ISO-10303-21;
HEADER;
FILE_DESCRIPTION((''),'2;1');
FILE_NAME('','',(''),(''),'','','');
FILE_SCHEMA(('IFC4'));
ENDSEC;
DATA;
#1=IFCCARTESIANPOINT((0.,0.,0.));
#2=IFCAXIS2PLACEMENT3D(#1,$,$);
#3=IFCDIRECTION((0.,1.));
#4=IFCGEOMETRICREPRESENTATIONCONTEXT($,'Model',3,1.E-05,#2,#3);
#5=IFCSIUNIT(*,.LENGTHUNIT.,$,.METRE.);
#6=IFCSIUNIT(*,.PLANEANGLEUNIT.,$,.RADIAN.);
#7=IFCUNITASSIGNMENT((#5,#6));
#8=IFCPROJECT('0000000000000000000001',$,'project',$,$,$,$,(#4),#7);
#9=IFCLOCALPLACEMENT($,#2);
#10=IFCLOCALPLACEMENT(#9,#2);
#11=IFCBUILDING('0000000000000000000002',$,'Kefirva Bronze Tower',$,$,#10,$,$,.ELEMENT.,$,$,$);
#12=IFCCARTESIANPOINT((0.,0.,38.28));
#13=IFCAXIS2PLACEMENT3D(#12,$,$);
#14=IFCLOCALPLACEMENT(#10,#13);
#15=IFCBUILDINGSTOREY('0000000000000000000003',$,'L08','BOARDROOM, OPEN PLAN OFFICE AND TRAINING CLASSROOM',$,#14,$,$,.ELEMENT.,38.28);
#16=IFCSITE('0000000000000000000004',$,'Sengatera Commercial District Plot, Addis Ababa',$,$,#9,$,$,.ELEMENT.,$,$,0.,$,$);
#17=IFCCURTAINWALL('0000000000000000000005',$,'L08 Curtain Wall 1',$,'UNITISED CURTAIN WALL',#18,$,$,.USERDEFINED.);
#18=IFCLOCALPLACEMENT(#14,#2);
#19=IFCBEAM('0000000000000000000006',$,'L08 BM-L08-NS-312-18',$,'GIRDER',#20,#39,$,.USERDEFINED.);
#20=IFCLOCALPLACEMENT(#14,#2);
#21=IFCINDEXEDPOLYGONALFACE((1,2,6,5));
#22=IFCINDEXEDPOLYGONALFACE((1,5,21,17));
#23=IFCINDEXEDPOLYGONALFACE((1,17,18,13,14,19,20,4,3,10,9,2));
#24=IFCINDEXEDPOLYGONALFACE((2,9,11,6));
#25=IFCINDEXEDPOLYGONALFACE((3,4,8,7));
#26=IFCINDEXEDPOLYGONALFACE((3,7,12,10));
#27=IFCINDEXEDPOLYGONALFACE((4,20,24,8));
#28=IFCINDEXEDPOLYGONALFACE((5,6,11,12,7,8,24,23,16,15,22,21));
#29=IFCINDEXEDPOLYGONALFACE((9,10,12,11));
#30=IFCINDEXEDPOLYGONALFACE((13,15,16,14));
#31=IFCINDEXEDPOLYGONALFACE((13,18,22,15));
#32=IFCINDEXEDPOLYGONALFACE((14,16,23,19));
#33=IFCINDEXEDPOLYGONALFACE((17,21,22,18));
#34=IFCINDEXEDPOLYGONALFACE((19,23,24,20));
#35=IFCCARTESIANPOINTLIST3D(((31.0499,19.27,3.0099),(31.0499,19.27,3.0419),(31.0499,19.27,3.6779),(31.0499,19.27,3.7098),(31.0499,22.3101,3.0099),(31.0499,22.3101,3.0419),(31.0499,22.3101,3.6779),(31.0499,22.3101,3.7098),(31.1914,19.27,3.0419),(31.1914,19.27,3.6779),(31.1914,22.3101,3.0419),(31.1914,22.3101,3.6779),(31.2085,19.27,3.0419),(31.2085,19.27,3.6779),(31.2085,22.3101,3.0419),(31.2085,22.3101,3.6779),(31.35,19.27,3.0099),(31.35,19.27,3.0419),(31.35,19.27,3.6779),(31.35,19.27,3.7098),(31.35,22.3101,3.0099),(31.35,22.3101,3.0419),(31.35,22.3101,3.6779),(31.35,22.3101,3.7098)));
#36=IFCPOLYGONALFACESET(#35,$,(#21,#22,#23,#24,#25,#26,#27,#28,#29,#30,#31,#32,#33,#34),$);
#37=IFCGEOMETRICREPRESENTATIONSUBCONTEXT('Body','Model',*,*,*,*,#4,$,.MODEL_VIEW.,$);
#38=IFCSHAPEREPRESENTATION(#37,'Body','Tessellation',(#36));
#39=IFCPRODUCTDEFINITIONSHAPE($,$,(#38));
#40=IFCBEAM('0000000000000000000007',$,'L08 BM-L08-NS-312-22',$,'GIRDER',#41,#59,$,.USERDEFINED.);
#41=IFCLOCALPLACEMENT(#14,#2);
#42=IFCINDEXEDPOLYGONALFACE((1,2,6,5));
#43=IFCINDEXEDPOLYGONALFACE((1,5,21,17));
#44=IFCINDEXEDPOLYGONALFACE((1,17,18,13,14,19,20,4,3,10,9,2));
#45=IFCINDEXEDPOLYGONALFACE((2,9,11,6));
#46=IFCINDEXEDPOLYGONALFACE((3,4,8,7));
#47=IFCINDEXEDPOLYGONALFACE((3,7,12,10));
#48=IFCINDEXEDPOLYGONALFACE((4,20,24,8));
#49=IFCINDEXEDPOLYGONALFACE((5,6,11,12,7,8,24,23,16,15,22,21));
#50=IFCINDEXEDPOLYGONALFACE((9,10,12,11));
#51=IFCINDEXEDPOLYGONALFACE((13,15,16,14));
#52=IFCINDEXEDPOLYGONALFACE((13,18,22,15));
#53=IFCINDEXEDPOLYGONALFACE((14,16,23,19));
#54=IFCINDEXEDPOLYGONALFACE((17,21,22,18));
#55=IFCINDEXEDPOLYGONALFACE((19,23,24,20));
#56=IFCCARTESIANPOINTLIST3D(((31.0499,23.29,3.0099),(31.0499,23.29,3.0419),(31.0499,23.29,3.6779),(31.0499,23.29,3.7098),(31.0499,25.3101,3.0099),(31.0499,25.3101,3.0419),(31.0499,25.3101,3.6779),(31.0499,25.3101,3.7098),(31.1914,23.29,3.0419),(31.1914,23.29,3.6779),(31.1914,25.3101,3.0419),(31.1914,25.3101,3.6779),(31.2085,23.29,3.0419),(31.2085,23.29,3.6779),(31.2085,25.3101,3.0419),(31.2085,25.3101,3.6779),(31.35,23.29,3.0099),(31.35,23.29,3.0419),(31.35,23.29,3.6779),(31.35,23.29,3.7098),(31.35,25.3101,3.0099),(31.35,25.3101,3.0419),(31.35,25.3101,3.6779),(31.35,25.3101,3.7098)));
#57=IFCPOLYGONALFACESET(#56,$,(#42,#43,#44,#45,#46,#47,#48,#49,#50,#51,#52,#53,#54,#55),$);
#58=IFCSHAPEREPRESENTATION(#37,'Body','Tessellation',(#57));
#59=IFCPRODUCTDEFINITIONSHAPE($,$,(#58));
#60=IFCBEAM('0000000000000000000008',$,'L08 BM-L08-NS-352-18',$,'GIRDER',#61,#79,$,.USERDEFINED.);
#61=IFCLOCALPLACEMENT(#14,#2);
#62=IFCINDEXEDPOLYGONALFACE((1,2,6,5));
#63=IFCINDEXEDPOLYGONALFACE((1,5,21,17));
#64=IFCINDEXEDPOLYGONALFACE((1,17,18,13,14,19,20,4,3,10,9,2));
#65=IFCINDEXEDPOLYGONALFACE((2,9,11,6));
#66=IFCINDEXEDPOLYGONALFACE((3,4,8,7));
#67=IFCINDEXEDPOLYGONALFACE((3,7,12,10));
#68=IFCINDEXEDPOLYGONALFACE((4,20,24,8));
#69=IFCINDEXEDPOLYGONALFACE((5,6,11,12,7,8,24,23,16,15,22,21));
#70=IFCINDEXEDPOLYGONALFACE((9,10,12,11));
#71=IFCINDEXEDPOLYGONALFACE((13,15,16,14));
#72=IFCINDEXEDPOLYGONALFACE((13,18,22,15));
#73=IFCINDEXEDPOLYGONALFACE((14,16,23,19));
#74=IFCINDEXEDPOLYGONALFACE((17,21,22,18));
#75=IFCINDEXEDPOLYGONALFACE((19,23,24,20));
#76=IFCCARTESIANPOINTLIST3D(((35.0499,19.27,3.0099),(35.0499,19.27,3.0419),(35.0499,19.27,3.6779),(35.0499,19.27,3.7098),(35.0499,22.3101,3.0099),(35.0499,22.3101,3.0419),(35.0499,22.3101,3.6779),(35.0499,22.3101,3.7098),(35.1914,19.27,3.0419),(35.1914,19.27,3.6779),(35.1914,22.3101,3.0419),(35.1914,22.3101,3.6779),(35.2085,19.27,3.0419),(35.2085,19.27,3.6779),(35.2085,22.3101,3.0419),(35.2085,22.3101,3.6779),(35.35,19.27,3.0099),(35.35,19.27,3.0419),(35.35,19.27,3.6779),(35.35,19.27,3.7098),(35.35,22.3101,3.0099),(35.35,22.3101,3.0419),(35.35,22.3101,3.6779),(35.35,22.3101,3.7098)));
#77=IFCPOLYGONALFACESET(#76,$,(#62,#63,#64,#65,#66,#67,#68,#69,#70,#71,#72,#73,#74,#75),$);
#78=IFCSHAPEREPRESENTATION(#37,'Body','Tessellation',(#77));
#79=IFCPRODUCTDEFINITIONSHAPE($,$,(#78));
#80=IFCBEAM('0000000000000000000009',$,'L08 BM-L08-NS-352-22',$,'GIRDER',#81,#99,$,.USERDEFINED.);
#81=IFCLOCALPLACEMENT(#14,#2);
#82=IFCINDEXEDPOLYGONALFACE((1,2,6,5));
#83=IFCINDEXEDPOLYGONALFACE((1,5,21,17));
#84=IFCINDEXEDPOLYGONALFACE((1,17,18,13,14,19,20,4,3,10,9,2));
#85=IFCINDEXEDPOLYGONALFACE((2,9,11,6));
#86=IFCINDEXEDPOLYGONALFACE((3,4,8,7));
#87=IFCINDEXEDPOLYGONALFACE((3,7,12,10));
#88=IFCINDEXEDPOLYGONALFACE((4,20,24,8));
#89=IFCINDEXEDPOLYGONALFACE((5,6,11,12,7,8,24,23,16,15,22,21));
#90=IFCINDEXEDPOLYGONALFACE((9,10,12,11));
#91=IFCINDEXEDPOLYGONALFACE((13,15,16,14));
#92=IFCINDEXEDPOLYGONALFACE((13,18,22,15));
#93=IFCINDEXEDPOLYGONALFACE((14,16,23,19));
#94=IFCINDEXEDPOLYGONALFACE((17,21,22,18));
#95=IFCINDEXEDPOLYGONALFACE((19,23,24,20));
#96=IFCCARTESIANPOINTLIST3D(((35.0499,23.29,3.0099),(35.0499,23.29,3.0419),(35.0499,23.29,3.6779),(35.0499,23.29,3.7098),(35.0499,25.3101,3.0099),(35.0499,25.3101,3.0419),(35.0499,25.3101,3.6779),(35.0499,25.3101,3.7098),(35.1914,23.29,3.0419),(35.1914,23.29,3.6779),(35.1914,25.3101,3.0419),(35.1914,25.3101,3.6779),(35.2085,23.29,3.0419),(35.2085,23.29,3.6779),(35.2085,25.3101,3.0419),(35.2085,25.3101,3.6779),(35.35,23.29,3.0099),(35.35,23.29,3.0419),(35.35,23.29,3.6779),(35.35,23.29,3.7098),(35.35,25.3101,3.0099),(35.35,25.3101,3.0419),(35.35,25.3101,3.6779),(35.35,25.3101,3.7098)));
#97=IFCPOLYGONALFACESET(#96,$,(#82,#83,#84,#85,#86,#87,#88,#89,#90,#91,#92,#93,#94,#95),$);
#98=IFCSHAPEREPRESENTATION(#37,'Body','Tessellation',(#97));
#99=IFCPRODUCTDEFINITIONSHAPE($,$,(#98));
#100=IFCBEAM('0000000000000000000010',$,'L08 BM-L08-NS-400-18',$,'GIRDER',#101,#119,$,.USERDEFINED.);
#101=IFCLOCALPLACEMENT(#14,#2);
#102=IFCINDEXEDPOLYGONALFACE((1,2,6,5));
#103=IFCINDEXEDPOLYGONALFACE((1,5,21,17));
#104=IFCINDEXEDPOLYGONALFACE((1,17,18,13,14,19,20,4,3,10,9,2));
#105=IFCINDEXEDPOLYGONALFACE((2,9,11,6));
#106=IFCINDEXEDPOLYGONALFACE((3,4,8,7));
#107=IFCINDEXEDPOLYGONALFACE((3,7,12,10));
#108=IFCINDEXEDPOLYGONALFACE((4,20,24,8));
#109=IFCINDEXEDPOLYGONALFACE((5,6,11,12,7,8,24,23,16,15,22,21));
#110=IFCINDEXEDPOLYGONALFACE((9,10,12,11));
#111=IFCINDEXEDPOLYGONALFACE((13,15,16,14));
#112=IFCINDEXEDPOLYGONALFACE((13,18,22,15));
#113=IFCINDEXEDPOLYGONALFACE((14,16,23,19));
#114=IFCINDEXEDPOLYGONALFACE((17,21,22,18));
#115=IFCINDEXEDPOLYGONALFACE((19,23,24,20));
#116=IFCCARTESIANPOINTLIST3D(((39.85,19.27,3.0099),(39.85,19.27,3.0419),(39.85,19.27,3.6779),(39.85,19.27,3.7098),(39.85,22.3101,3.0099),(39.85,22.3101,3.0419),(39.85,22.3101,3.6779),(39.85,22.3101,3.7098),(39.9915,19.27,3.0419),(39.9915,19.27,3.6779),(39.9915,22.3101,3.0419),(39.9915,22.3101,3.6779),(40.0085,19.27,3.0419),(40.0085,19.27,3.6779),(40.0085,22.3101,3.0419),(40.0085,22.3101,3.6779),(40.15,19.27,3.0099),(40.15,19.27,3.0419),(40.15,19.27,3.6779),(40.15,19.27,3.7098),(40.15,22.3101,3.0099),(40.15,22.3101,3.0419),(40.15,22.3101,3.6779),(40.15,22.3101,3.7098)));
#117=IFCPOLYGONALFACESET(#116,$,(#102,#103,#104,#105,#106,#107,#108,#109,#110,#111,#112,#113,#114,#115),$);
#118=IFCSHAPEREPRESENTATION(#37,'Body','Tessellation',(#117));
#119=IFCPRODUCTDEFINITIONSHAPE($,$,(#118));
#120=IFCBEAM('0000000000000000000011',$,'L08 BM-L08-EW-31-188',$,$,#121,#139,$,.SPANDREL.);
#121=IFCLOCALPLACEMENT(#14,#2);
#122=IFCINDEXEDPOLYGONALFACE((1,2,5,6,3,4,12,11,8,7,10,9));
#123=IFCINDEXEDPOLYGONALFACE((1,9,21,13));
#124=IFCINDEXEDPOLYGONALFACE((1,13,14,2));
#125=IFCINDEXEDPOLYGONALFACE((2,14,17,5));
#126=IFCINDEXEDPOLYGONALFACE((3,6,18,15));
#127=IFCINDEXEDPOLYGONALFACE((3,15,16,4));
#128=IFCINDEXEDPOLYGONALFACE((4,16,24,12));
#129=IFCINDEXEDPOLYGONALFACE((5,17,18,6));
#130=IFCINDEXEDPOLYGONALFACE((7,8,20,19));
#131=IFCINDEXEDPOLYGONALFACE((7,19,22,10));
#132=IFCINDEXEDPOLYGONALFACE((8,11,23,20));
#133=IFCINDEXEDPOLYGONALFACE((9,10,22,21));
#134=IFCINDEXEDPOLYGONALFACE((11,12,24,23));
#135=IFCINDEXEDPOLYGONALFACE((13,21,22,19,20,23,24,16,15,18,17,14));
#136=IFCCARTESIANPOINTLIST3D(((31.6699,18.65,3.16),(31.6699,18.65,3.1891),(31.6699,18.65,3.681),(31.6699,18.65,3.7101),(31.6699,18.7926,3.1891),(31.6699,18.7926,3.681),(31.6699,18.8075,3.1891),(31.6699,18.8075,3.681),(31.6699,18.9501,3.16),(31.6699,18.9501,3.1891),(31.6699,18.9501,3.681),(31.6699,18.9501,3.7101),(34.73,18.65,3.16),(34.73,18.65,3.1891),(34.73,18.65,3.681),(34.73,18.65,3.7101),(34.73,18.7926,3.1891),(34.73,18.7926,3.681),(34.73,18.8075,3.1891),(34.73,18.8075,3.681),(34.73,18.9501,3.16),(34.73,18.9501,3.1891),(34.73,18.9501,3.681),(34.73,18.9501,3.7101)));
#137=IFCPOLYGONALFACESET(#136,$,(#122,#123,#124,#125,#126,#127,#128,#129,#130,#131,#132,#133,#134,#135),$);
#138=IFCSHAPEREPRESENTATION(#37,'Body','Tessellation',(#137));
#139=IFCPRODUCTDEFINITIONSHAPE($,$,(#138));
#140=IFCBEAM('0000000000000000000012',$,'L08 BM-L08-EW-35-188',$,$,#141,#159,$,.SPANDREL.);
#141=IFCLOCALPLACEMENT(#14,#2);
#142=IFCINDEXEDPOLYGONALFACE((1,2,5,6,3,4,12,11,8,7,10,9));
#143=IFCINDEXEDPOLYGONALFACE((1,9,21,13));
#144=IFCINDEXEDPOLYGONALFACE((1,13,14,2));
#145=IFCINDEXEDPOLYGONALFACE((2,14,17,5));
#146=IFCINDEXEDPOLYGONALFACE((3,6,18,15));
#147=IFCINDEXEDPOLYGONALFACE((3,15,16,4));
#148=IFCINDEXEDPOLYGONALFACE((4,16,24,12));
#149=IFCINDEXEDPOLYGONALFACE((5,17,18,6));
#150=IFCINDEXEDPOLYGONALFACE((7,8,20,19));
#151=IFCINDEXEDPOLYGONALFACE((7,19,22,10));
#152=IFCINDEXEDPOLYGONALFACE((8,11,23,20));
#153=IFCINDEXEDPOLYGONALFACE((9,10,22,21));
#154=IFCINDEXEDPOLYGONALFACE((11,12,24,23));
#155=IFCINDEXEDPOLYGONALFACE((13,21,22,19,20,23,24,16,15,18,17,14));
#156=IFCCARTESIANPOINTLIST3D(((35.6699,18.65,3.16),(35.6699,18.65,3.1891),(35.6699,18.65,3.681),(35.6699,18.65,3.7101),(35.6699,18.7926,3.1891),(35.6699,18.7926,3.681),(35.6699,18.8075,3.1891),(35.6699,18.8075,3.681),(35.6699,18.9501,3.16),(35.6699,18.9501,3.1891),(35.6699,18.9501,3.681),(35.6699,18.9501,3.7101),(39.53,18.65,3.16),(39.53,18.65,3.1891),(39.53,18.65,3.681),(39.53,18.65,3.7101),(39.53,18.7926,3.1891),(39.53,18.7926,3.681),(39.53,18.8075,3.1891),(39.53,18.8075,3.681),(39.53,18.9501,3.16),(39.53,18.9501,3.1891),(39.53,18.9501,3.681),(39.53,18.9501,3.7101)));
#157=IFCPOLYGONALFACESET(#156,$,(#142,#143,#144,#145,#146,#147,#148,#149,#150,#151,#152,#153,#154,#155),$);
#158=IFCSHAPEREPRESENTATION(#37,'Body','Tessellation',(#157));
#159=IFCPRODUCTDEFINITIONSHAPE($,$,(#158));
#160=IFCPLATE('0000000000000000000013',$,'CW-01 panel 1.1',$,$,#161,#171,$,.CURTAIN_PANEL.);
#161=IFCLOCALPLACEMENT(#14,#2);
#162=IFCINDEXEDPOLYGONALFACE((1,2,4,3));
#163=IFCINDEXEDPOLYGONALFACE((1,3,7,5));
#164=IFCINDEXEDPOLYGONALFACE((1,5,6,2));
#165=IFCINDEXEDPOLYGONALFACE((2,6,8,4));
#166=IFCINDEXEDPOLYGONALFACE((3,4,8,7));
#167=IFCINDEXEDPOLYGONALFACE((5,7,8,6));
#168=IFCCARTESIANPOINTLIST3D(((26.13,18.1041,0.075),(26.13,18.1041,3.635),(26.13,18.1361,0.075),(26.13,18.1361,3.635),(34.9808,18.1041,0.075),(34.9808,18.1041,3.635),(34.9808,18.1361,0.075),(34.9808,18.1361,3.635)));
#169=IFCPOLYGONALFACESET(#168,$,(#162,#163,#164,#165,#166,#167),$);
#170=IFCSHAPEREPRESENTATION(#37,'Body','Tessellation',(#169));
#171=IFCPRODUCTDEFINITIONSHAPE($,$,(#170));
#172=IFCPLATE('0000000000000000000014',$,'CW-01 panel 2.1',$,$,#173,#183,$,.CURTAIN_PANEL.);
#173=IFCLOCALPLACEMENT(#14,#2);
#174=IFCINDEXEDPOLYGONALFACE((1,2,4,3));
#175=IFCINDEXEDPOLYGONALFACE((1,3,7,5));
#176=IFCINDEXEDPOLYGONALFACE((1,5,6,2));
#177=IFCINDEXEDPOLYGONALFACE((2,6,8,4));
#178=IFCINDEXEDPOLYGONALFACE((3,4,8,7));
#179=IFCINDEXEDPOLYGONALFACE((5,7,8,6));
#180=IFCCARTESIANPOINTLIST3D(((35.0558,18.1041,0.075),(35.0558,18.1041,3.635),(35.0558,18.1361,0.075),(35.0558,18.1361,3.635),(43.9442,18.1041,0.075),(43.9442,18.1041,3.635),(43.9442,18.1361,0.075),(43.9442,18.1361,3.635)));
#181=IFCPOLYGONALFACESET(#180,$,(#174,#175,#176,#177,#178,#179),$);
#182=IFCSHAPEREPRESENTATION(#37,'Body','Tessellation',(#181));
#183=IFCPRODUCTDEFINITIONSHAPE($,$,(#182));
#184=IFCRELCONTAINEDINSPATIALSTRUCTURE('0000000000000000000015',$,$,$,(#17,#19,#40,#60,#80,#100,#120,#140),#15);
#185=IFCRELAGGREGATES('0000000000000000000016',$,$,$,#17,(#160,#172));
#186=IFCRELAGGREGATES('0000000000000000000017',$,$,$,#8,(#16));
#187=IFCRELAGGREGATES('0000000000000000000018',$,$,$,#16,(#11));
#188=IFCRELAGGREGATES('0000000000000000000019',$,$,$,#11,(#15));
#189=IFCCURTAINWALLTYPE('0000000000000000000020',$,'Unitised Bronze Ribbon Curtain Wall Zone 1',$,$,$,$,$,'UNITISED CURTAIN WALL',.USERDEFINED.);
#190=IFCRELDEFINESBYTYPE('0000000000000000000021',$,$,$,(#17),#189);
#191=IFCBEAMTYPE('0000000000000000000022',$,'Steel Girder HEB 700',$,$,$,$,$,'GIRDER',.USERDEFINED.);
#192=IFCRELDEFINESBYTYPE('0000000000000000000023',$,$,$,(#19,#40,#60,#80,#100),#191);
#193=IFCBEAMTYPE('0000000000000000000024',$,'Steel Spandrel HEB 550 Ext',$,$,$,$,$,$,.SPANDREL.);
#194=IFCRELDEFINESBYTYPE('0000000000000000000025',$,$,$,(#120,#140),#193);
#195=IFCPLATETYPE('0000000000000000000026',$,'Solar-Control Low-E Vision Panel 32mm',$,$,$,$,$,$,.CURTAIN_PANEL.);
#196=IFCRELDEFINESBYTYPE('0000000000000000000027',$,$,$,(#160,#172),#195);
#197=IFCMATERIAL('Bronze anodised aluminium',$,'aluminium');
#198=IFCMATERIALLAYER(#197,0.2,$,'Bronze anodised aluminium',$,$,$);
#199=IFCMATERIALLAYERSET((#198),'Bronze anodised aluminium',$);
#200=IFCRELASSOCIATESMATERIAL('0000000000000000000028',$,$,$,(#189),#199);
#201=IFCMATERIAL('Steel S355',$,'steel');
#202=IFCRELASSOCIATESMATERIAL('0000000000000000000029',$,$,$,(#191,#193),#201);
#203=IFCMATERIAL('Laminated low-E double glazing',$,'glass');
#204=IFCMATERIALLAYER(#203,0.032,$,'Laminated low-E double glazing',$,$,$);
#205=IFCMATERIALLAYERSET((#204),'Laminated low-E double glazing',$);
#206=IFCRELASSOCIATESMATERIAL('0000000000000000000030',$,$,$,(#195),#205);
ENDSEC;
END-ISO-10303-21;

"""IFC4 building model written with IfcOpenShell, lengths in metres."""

from ifc_helpers import new_model, si_unit, direction, frame, origin, origin_2d, place, context, subcontext, project, spatial, rectangle, i_section, extrude, material, layer, layer_set, material_profile, profile_set, type_object, element, aggregate, save


model = new_model("IFC4")

# Units and contexts
model_context = context("Model", 3, precision=1e-05, world=origin(), true_north=direction((0.0, 1.0)))
body_context = subcontext(model_context, "Body", "Model", "MODEL_VIEW")
ifc_project = project(units=[si_unit("LENGTHUNIT", "METRE"), si_unit("PLANEANGLEUNIT", "RADIAN")], contexts=[model_context])

# Site, building, storey
site_placement = place(None, origin())
site = spatial("IfcSite", under=ifc_project, at=site_placement, Name="Sengatera Commercial District Plot, Addis Ababa", CompositionType="ELEMENT", RefElevation=0.0)
building_placement = place(site_placement, origin())
building = spatial("IfcBuilding", under=site, at=building_placement, Name="Kefirva Bronze Tower", CompositionType="ELEMENT")
storey_placement = place(building_placement, frame((0.0, 0.0, 38.28)))
storey = spatial("IfcBuildingStorey", under=building, at=storey_placement, Name="L08", Description="BOARDROOM, OPEN PLAN OFFICE AND TRAINING CLASSROOM", CompositionType="ELEMENT", Elevation=38.28)

# Curtain wall
ifc_material_1 = material(Name="Bronze anodised aluminium", Category="aluminium")
ifc_layer_1 = layer(ifc_material_1, 0.2, Name="Bronze anodised aluminium")
ifc_layer_set_1 = layer_set([ifc_layer_1], Name="Bronze anodised aluminium")
curtain_wall_type = type_object("IfcCurtainWallType", Name="Unitised Bronze Ribbon Curtain Wall Zone 1", ElementType="UNITISED CURTAIN WALL", PredefinedType="USERDEFINED", material=ifc_layer_set_1)
curtain_wall_placement = place(storey_placement, origin())
curtain_wall = element("IfcCurtainWall", 1, at=curtain_wall_placement, inside=storey, type_object=curtain_wall_type, Name="L08 Curtain Wall 1", ObjectType="UNITISED CURTAIN WALL", PredefinedType="USERDEFINED")

# Beams
ifc_material_2 = material(Name="Steel S355", Category="steel")
ifc_material_profile_1 = material_profile(ifc_material_2, i_section(OverallWidth=0.3, OverallDepth=0.7, WebThickness=0.0171, FlangeThickness=0.032, at=origin_2d()), Name="HEB 700")
ifc_profile_set_1 = profile_set([ifc_material_profile_1], Name="Steel S355")
beam_type_1 = type_object("IfcBeamType", Name="Steel Girder HEB 700", ElementType="GIRDER", PredefinedType="USERDEFINED", material=ifc_profile_set_1)
beam_1_placement = place(storey_placement, frame((31.2, 19.27, 3.3599), z_axis=(0.0, 1.0, 0.0), x_axis=(-1.0, 0.0, 0.0)))
element("IfcBeam", 2, at=beam_1_placement, inside=storey, type_object=beam_type_1, Name="L08 BM-L08-NS-312-18", ObjectType="GIRDER", PredefinedType="USERDEFINED", context=body_context, shape_type="SweptSolid", body=[
    extrude(i_section(OverallWidth=0.3, OverallDepth=0.7, WebThickness=0.0171, FlangeThickness=0.032, at=origin_2d()), origin(), (0.0, 0.0, 1.0), 3.04),
])
beam_2_placement = place(storey_placement, frame((31.2, 23.29, 3.3599), z_axis=(0.0, 1.0, 0.0), x_axis=(-1.0, 0.0, 0.0)))
element("IfcBeam", 3, at=beam_2_placement, inside=storey, type_object=beam_type_1, Name="L08 BM-L08-NS-312-22", ObjectType="GIRDER", PredefinedType="USERDEFINED", context=body_context, shape_type="SweptSolid", body=[
    extrude(i_section(OverallWidth=0.3, OverallDepth=0.7, WebThickness=0.0171, FlangeThickness=0.032, at=origin_2d()), origin(), (0.0, 0.0, 1.0), 2.02),
])
beam_3_placement = place(storey_placement, frame((35.2, 19.27, 3.3599), z_axis=(0.0, 1.0, 0.0), x_axis=(-1.0, 0.0, 0.0)))
element("IfcBeam", 4, at=beam_3_placement, inside=storey, type_object=beam_type_1, Name="L08 BM-L08-NS-352-18", ObjectType="GIRDER", PredefinedType="USERDEFINED", context=body_context, shape_type="SweptSolid", body=[
    extrude(i_section(OverallWidth=0.3, OverallDepth=0.7, WebThickness=0.0171, FlangeThickness=0.032, at=origin_2d()), origin(), (0.0, 0.0, 1.0), 3.04),
])
beam_4_placement = place(storey_placement, frame((35.2, 23.29, 3.3599), z_axis=(0.0, 1.0, 0.0), x_axis=(-1.0, 0.0, 0.0)))
element("IfcBeam", 5, at=beam_4_placement, inside=storey, type_object=beam_type_1, Name="L08 BM-L08-NS-352-22", ObjectType="GIRDER", PredefinedType="USERDEFINED", context=body_context, shape_type="SweptSolid", body=[
    extrude(i_section(OverallWidth=0.3, OverallDepth=0.7, WebThickness=0.0171, FlangeThickness=0.032, at=origin_2d()), origin(), (0.0, 0.0, 1.0), 2.02),
])
beam_5_placement = place(storey_placement, frame((40.0, 19.27, 3.3599), z_axis=(0.0, 1.0, 0.0), x_axis=(-1.0, 0.0, 0.0)))
element("IfcBeam", 6, at=beam_5_placement, inside=storey, type_object=beam_type_1, Name="L08 BM-L08-NS-400-18", ObjectType="GIRDER", PredefinedType="USERDEFINED", context=body_context, shape_type="SweptSolid", body=[
    extrude(i_section(OverallWidth=0.3, OverallDepth=0.7, WebThickness=0.0171, FlangeThickness=0.032, at=origin_2d()), origin(), (0.0, 0.0, 1.0), 3.04),
])
ifc_material_profile_2 = material_profile(ifc_material_2, i_section(OverallWidth=0.3, OverallDepth=0.55, WebThickness=0.0149, FlangeThickness=0.0291, at=origin_2d()), Name="HEB 550")
ifc_profile_set_2 = profile_set([ifc_material_profile_2], Name="Steel S355")
beam_type_2 = type_object("IfcBeamType", Name="Steel Spandrel HEB 550 Ext", PredefinedType="SPANDREL", material=ifc_profile_set_2)
beam_6_placement = place(storey_placement, frame((31.6699, 18.8, 3.4351), z_axis=(1.0, 0.0, 0.0), x_axis=(0.0, 1.0, 0.0)))
element("IfcBeam", 7, at=beam_6_placement, inside=storey, type_object=beam_type_2, Name="L08 BM-L08-EW-31-188", PredefinedType="SPANDREL", context=body_context, shape_type="SweptSolid", body=[
    extrude(i_section(OverallWidth=0.3, OverallDepth=0.55, WebThickness=0.0149, FlangeThickness=0.0291, at=origin_2d()), origin(), (0.0, 0.0, 1.0), 3.0601),
])
beam_7_placement = place(storey_placement, frame((35.6699, 18.8, 3.4351), z_axis=(1.0, 0.0, 0.0), x_axis=(0.0, 1.0, 0.0)))
element("IfcBeam", 8, at=beam_7_placement, inside=storey, type_object=beam_type_2, Name="L08 BM-L08-EW-35-188", PredefinedType="SPANDREL", context=body_context, shape_type="SweptSolid", body=[
    extrude(i_section(OverallWidth=0.3, OverallDepth=0.55, WebThickness=0.0149, FlangeThickness=0.0291, at=origin_2d()), origin(), (0.0, 0.0, 1.0), 3.8601),
])

# Plates
ifc_material_3 = material(Name="Laminated low-E double glazing", Category="glass")
ifc_layer_2 = layer(ifc_material_3, 0.032, Name="Laminated low-E double glazing")
ifc_layer_set_2 = layer_set([ifc_layer_2], Name="Laminated low-E double glazing")
plate_type = type_object("IfcPlateType", Name="Solar-Control Low-E Vision Panel 32mm", PredefinedType="CURTAIN_PANEL", material=ifc_layer_set_2)
plate_1_placement = place(storey_placement, frame((30.5554, 18.1201, 0.075), z_axis=(0.0, 0.0, 1.0), x_axis=(1.0, 0.0, 0.0)))
plate_1 = element("IfcPlate", 9, at=plate_1_placement, type_object=plate_type, Name="CW-01 panel 1.1", PredefinedType="CURTAIN_PANEL", context=body_context, shape_type="SweptSolid", body=[
    extrude(rectangle(XDim=8.8508, YDim=0.032, at=origin_2d()), origin(), (0.0, 0.0, 1.0), 3.5601),
])
plate_2_placement = place(storey_placement, frame((39.5, 18.1201, 0.075), z_axis=(0.0, 0.0, 1.0), x_axis=(1.0, 0.0, 0.0)))
plate_2 = element("IfcPlate", 10, at=plate_2_placement, type_object=plate_type, Name="CW-01 panel 2.1", PredefinedType="CURTAIN_PANEL", context=body_context, shape_type="SweptSolid", body=[
    extrude(rectangle(XDim=8.8884, YDim=0.032, at=origin_2d()), origin(), (0.0, 0.0, 1.0), 3.5601),
])
aggregate(curtain_wall, [plate_1, plate_2])

save(model, "model.ifc")
